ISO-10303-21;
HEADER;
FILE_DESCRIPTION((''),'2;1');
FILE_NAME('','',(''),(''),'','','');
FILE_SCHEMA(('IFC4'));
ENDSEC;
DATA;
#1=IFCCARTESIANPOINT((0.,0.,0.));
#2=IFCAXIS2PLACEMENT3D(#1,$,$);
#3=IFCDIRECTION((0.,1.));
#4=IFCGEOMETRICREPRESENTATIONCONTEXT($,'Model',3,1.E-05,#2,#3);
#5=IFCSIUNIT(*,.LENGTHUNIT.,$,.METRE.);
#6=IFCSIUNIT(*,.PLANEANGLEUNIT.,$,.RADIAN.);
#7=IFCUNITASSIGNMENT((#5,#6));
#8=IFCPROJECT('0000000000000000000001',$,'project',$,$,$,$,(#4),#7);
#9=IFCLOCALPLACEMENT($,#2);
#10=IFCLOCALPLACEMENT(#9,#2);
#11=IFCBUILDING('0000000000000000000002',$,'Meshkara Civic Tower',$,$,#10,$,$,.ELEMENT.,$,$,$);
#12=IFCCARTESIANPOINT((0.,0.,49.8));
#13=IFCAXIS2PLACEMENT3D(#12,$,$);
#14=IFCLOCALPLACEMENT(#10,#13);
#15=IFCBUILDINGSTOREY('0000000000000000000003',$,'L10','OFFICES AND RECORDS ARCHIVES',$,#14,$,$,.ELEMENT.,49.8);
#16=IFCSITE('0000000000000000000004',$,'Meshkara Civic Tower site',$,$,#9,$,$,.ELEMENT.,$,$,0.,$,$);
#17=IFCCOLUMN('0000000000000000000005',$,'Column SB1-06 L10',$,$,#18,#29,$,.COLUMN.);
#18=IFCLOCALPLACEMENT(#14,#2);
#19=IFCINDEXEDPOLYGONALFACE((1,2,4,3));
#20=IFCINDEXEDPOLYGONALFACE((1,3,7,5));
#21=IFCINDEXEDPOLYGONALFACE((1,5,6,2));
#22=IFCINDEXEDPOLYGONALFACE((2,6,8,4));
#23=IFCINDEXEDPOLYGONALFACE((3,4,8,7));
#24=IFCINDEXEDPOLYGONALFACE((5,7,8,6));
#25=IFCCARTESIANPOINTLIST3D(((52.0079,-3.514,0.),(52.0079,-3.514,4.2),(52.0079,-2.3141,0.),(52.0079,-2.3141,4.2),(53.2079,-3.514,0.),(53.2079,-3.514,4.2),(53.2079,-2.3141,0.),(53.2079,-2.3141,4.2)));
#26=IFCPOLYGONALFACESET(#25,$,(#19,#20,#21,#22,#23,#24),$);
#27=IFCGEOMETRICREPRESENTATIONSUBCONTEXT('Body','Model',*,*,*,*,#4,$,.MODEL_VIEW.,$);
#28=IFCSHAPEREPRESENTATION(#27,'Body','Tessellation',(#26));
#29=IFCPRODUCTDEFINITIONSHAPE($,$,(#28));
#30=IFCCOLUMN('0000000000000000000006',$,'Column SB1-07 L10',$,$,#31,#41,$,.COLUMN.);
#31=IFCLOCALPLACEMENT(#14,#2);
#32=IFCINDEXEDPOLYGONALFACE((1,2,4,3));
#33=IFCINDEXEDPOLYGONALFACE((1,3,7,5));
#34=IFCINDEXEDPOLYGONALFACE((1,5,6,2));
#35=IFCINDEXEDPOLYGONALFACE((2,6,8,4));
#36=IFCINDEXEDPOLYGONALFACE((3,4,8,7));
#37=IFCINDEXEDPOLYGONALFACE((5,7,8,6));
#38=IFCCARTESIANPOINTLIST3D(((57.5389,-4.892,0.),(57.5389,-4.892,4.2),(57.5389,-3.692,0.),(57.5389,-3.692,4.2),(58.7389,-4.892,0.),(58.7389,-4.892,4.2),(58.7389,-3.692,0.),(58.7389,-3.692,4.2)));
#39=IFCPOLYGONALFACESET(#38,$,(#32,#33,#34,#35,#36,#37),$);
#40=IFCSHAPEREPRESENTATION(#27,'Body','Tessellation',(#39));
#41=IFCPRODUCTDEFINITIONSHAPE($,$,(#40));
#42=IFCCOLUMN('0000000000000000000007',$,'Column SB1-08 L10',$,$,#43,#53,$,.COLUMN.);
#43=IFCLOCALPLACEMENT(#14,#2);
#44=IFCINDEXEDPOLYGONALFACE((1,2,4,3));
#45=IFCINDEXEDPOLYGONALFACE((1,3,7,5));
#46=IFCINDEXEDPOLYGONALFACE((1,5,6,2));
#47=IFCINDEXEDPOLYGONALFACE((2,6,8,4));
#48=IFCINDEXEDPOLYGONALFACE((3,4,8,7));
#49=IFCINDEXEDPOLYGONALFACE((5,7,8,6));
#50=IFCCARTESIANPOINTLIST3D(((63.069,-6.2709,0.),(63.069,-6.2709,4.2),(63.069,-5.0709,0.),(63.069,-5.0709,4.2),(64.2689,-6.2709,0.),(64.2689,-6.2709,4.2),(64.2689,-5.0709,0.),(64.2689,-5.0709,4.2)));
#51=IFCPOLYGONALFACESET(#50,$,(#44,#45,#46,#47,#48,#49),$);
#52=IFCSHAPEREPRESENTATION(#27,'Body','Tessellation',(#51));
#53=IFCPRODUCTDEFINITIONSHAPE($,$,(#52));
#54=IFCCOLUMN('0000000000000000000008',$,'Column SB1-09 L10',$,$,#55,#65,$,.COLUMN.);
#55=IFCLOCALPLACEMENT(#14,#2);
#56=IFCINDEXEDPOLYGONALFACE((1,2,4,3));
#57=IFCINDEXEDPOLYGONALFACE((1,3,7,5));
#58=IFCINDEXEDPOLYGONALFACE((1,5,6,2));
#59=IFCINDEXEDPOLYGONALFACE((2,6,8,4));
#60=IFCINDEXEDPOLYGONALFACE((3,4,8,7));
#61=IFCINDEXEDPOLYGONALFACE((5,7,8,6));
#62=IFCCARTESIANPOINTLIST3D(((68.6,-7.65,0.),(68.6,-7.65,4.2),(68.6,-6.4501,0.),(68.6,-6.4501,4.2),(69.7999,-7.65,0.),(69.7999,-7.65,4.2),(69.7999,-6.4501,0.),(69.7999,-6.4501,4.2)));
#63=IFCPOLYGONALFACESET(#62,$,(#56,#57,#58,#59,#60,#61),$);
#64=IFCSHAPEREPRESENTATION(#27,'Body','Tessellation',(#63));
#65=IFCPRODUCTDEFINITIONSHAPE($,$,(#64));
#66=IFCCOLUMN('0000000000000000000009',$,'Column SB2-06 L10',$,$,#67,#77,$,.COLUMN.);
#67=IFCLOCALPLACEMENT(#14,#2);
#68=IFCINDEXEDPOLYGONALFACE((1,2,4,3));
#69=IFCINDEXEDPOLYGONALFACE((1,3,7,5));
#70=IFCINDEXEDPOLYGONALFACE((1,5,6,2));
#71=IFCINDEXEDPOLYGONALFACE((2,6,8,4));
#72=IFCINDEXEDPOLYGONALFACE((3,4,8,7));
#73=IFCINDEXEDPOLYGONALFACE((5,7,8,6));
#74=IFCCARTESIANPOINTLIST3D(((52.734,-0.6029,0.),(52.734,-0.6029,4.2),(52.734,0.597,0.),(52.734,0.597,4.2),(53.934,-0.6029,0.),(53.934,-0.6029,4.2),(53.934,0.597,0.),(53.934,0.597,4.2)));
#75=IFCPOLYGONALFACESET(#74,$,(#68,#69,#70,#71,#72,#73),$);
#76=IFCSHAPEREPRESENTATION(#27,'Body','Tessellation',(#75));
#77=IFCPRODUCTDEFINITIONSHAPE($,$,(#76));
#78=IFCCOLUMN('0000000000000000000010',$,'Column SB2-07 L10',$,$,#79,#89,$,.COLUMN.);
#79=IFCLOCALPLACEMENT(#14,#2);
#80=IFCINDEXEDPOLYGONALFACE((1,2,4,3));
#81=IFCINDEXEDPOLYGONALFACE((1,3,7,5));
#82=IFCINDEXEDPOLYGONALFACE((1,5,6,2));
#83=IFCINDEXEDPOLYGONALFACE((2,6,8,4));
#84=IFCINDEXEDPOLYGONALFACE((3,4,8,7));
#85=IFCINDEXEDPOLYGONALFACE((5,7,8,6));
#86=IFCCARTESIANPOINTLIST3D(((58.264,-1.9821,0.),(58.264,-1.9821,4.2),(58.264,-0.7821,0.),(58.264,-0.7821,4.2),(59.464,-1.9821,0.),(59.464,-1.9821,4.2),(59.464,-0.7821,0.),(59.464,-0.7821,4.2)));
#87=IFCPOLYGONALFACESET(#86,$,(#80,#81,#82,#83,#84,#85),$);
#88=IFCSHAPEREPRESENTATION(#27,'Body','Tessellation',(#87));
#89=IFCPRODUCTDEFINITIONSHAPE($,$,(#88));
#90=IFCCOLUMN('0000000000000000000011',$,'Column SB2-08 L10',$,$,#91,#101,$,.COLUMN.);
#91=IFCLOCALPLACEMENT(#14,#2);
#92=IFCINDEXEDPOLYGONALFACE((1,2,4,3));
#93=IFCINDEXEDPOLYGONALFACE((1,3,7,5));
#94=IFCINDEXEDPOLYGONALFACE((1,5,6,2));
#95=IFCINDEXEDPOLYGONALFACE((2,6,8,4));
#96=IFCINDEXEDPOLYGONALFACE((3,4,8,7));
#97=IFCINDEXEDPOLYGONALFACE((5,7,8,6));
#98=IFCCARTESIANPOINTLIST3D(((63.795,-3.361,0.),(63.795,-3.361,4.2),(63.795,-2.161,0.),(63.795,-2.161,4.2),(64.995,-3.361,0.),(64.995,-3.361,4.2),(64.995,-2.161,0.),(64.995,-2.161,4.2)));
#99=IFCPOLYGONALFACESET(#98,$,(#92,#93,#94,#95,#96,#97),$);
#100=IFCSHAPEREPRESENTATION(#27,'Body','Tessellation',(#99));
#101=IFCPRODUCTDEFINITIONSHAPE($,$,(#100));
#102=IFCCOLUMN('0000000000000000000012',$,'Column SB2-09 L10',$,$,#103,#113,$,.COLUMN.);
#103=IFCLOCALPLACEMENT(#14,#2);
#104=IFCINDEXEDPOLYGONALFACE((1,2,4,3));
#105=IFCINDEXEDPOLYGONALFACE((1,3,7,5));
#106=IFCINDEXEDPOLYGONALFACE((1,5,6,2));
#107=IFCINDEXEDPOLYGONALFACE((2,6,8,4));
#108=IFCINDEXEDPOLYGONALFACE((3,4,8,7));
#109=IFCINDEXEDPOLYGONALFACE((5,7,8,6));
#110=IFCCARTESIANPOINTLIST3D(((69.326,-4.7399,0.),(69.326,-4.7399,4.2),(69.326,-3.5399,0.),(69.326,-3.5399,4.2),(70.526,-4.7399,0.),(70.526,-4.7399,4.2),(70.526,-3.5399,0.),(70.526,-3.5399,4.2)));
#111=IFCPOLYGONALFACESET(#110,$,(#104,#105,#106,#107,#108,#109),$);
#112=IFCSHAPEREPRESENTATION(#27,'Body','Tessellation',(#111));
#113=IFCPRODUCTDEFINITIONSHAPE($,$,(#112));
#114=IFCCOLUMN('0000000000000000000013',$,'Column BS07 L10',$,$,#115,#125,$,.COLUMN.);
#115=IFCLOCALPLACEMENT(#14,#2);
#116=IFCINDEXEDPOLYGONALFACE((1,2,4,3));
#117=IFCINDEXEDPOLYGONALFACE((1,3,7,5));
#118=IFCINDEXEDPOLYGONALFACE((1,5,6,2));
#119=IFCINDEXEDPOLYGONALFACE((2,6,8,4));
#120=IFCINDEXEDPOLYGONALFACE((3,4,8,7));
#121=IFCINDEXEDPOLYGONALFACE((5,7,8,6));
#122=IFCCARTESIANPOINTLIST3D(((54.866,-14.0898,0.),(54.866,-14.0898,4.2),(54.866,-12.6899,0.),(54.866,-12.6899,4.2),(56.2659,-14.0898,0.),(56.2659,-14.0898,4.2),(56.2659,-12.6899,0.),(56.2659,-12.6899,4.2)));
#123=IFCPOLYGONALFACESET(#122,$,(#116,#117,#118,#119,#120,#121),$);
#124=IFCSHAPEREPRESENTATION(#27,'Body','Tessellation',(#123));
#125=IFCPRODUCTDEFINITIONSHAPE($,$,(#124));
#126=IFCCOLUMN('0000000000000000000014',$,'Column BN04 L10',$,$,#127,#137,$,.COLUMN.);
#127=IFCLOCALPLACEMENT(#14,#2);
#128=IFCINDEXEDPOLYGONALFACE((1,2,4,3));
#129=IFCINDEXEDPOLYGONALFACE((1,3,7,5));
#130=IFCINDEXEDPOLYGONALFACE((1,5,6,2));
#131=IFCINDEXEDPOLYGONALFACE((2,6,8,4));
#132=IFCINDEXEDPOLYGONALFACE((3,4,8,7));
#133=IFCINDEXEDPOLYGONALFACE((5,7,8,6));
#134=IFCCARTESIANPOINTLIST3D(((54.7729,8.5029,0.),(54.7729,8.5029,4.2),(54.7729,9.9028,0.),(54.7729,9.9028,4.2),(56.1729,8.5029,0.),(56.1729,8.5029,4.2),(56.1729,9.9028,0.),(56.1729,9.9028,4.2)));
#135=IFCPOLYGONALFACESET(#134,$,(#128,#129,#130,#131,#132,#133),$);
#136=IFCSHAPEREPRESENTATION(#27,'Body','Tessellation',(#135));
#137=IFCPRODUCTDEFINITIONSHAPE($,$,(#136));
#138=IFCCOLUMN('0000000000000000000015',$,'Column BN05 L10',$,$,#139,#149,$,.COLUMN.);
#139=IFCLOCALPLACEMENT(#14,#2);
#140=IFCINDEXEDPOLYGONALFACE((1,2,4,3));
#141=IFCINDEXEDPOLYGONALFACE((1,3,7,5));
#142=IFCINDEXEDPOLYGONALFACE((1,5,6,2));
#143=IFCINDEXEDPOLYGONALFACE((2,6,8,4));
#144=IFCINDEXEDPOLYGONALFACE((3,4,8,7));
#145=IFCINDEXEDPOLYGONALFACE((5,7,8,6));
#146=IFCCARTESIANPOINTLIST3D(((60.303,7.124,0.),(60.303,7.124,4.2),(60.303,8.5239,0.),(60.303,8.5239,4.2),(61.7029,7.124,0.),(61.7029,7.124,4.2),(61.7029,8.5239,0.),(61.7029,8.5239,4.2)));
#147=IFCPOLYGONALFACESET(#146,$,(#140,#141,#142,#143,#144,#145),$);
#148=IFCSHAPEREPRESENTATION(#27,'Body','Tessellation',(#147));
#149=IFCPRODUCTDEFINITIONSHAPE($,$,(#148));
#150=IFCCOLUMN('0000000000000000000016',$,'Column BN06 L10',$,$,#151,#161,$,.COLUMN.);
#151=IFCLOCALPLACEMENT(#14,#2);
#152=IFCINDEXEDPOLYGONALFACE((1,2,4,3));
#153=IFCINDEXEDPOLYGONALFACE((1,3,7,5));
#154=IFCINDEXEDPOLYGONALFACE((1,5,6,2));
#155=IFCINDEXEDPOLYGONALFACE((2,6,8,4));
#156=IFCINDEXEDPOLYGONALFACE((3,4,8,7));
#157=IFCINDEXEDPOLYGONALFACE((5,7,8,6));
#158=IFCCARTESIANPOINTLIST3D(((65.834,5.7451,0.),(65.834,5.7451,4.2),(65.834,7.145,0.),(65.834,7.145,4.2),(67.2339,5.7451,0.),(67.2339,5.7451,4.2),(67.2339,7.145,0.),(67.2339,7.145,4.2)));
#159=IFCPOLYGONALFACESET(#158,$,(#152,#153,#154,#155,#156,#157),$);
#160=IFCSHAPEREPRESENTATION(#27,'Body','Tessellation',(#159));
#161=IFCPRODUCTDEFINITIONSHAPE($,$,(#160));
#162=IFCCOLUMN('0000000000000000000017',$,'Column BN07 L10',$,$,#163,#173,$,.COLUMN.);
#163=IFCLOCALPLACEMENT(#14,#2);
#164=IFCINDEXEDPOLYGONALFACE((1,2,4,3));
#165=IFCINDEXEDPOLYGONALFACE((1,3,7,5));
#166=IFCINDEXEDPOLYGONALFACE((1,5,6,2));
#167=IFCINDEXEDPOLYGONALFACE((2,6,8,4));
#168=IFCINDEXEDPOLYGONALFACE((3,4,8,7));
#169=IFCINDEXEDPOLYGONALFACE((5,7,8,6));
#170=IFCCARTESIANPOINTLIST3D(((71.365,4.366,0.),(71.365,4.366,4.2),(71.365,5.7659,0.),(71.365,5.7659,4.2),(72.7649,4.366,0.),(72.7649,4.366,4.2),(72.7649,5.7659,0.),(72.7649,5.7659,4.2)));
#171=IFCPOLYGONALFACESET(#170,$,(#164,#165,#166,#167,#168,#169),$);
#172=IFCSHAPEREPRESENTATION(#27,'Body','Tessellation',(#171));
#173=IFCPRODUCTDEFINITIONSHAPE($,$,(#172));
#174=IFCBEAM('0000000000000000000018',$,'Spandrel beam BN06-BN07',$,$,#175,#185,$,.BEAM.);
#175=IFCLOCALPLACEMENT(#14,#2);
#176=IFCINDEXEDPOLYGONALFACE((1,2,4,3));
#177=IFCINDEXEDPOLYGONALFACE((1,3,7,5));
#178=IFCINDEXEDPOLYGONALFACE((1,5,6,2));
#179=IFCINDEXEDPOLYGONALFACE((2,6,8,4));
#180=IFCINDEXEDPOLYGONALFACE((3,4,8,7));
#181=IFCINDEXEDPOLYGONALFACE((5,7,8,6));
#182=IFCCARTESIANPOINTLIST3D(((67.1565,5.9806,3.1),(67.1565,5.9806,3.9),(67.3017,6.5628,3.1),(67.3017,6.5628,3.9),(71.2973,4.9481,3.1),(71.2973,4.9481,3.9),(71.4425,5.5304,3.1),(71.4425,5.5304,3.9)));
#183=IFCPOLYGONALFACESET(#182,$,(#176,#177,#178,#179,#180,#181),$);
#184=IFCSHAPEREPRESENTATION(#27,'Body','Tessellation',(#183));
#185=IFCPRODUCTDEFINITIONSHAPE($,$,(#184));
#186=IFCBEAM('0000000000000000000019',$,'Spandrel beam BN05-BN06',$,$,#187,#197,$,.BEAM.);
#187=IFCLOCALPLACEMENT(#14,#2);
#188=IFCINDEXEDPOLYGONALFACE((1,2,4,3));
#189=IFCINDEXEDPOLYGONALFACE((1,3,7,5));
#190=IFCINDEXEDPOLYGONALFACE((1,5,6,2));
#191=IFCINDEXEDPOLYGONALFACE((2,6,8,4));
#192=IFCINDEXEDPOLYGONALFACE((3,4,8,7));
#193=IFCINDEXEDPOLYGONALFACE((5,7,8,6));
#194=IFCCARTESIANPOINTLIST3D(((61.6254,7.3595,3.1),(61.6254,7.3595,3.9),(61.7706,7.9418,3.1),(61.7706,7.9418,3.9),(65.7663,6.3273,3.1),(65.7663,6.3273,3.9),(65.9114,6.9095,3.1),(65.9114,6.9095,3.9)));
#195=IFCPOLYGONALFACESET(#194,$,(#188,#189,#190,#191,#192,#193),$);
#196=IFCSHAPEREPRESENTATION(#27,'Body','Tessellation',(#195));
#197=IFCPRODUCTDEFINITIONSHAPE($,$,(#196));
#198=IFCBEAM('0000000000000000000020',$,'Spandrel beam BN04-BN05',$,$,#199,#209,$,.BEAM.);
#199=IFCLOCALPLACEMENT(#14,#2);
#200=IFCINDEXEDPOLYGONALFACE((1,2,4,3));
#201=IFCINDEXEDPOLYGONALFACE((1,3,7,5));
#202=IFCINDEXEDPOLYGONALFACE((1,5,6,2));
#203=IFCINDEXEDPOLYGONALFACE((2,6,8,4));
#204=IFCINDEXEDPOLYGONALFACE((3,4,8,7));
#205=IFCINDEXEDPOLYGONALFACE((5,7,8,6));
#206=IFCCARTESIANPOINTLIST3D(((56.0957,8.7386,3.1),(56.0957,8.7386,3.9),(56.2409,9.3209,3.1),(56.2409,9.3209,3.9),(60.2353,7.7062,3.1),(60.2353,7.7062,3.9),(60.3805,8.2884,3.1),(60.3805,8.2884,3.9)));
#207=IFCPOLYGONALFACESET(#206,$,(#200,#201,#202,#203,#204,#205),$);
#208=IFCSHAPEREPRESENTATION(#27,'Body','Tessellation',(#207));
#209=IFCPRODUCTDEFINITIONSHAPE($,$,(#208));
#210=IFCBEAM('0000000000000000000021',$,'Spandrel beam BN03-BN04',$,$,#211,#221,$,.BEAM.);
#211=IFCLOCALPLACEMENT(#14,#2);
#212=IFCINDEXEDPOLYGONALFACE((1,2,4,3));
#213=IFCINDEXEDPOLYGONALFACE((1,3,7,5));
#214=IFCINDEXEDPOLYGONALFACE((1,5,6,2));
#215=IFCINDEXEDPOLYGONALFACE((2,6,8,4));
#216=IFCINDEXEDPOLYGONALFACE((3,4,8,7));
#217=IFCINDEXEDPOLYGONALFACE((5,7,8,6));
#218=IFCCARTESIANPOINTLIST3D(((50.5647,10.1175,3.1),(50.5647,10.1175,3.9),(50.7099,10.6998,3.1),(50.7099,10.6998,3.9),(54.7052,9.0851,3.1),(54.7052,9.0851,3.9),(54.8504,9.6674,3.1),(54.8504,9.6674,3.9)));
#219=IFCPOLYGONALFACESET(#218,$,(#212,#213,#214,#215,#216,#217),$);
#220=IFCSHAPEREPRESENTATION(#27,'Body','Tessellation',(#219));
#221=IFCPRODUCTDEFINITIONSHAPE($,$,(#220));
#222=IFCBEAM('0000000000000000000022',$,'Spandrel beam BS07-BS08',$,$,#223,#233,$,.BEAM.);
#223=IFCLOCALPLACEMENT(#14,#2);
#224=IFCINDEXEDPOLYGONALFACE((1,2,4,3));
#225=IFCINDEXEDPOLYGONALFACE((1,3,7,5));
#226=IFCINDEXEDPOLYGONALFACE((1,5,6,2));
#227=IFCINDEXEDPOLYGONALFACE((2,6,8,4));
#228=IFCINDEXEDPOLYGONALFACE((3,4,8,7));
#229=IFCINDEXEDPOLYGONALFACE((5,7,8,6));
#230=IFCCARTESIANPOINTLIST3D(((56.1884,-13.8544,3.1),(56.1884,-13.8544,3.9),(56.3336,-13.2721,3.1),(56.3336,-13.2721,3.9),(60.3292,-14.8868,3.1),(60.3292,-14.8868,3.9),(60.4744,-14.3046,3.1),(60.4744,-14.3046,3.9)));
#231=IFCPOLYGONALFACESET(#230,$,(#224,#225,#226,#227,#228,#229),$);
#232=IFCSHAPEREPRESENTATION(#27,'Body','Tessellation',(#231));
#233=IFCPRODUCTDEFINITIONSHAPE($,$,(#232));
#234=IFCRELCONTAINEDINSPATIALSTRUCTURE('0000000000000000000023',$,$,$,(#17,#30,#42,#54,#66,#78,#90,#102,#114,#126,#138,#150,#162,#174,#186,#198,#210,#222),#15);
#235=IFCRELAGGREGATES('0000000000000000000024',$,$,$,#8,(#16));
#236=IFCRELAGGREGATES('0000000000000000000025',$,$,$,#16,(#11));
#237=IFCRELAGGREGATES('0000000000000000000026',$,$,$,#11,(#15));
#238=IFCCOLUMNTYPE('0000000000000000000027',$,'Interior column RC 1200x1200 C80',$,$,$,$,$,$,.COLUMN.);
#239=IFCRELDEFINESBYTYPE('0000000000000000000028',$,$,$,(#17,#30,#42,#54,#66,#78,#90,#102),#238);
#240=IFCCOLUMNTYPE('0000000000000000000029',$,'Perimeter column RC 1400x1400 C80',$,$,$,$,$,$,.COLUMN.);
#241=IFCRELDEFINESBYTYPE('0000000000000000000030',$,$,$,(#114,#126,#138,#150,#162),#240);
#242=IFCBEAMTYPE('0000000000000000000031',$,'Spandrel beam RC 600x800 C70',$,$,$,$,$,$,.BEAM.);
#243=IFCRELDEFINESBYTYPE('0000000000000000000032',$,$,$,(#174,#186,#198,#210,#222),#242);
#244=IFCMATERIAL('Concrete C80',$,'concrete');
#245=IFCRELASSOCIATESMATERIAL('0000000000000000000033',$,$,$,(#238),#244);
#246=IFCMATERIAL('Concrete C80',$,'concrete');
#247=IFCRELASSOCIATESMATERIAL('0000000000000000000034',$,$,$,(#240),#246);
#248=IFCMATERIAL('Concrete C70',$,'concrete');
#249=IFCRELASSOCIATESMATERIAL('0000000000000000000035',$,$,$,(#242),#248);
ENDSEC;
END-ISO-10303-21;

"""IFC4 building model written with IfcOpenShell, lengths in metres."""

from ifc_helpers import new_model, si_unit, direction, frame, origin, origin_2d, place, context, subcontext, project, spatial, rectangle, extrude, material, material_profile, profile_set, type_object, element, save


model = new_model("IFC4")

# Units and contexts
model_context = context("Model", 3, precision=1e-05, world=origin(), true_north=direction((0.0, 1.0)))
body_context = subcontext(model_context, "Body", "Model", "MODEL_VIEW")
ifc_project = project(units=[si_unit("LENGTHUNIT", "METRE"), si_unit("PLANEANGLEUNIT", "RADIAN")], contexts=[model_context])

# Site, building, storey
site_placement = place(None, origin())
site = spatial("IfcSite", under=ifc_project, at=site_placement, Name="Meshkara Civic Tower site", CompositionType="ELEMENT", RefElevation=0.0)
building_placement = place(site_placement, origin())
building = spatial("IfcBuilding", under=site, at=building_placement, Name="Meshkara Civic Tower", CompositionType="ELEMENT")
storey_placement = place(building_placement, frame((0.0, 0.0, 49.8)))
storey = spatial("IfcBuildingStorey", under=building, at=storey_placement, Name="L10", Description="OFFICES AND RECORDS ARCHIVES", CompositionType="ELEMENT", Elevation=49.8)

# Columns
ifc_material_1 = material(Name="Concrete C80", Category="concrete")
ifc_material_profile_1 = material_profile(ifc_material_1, rectangle(XDim=1.2, YDim=1.2, at=origin_2d()))
ifc_profile_set_1 = profile_set([ifc_material_profile_1], Name="Concrete C80")
column_type_1 = type_object("IfcColumnType", Name="Interior column RC 1200x1200 C80", PredefinedType="COLUMN", material=ifc_profile_set_1)
for number, where, z_axis, x_axis, name in (
    (1, (52.6079, -2.9141, 0.0), (0.0, 0.0, 1.0), (1.0, 0.0, 0.0), "Column SB1-06 L10"),
    (2, (58.1389, -4.292, 0.0), (0.0, 0.0, 1.0), (1.0, 0.0, 0.0), "Column SB1-07 L10"),
    (3, (63.6689, -5.6709, 0.0), (0.0, 0.0, 1.0), (1.0, 0.0, 0.0), "Column SB1-08 L10"),
    (4, (69.2, -7.05, 0.0), (0.0, 0.0, 1.0), (1.0, 0.0, 0.0), "Column SB1-09 L10"),
    (5, (53.334, -0.0029, 0.0), (0.0, 0.0, 1.0), (1.0, 0.0, 0.0), "Column SB2-06 L10"),
    (6, (58.864, -1.3821, 0.0), (0.0, 0.0, 1.0), (1.0, 0.0, 0.0), "Column SB2-07 L10"),
    (7, (64.395, -2.761, 0.0), (0.0, 0.0, 1.0), (1.0, 0.0, 0.0), "Column SB2-08 L10"),
    (8, (69.926, -4.1399, 0.0), (0.0, 0.0, 1.0), (1.0, 0.0, 0.0), "Column SB2-09 L10"),
):
    element("IfcColumn", number, at=place(storey_placement, frame(where, z_axis=z_axis, x_axis=x_axis)), inside=storey, type_object=column_type_1, Name=name, PredefinedType="COLUMN", context=body_context, shape_type="SweptSolid", body=[
        extrude(rectangle(XDim=1.2, YDim=1.2, at=origin_2d()), origin(), (0.0, 0.0, 1.0), 4.2),
    ])
ifc_material_2 = material(Name="Concrete C80", Category="concrete")
ifc_material_profile_2 = material_profile(ifc_material_2, rectangle(XDim=1.3999, YDim=1.3999, at=origin_2d()))
ifc_profile_set_2 = profile_set([ifc_material_profile_2], Name="Concrete C80")
column_type_2 = type_object("IfcColumnType", Name="Perimeter column RC 1400x1400 C80", PredefinedType="COLUMN", material=ifc_profile_set_2)
for number, where, z_axis, x_axis, name in (
    (9, (55.5659, -13.3899, 0.0), (0.0, 0.0, 1.0), (1.0, 0.0, 0.0), "Column BS07 L10"),
    (10, (55.4729, 9.2029, 0.0), (0.0, 0.0, 1.0), (1.0, 0.0, 0.0), "Column BN04 L10"),
    (11, (61.0029, 7.824, 0.0), (0.0, 0.0, 1.0), (1.0, 0.0, 0.0), "Column BN05 L10"),
    (12, (66.5339, 6.4451, 0.0), (0.0, 0.0, 1.0), (1.0, 0.0, 0.0), "Column BN06 L10"),
    (13, (72.0649, 5.0659, 0.0), (0.0, 0.0, 1.0), (1.0, 0.0, 0.0), "Column BN07 L10"),
):
    element("IfcColumn", number, at=place(storey_placement, frame(where, z_axis=z_axis, x_axis=x_axis)), inside=storey, type_object=column_type_2, Name=name, PredefinedType="COLUMN", context=body_context, shape_type="SweptSolid", body=[
        extrude(rectangle(XDim=1.3999, YDim=1.3999, at=origin_2d()), origin(), (0.0, 0.0, 1.0), 4.2),
    ])

# Beams
ifc_material_3 = material(Name="Concrete C70", Category="concrete")
ifc_material_profile_3 = material_profile(ifc_material_3, rectangle(XDim=0.6001, YDim=0.8, at=origin_2d()))
ifc_profile_set_3 = profile_set([ifc_material_profile_3], Name="Concrete C70")
beam_type = type_object("IfcBeamType", Name="Spandrel beam RC 600x800 C70", PredefinedType="BEAM", material=ifc_profile_set_3)
for number, where, z_axis, x_axis, name in (
    (14, (71.3699, 5.2393, 3.5), (-0.970294, 0.24193, 0.0), (-0.24193, -0.970294, 0.0), "Spandrel beam BN06-BN07"),
    (15, (65.8389, 6.6184, 3.5), (-0.970307, 0.241876, 0.0), (-0.241876, -0.970307, 0.0), "Spandrel beam BN05-BN06"),
):
    element("IfcBeam", number, at=place(storey_placement, frame(where, z_axis=z_axis, x_axis=x_axis)), inside=storey, type_object=beam_type, Name=name, PredefinedType="BEAM", context=body_context, shape_type="SweptSolid", body=[
        extrude(rectangle(XDim=0.6001, YDim=0.8, at=origin_2d()), origin(), (0.0, 0.0, 1.0), 4.2676),
    ])
beam_1_placement = place(storey_placement, frame((60.3079, 7.9973, 3.5), z_axis=(-0.970277, 0.241997, 0.0), x_axis=(-0.241997, -0.970277, 0.0)))
element("IfcBeam", 16, at=beam_1_placement, inside=storey, type_object=beam_type, Name="Spandrel beam BN04-BN05", PredefinedType="BEAM", context=body_context, shape_type="SweptSolid", body=[
    extrude(rectangle(XDim=0.6001, YDim=0.8, at=origin_2d()), origin(), (0.0, 0.0, 1.0), 4.2664),
])
beam_2_placement = place(storey_placement, frame((54.7778, 9.3762, 3.5), z_axis=(-0.97029, 0.241943, 0.0), x_axis=(-0.241943, -0.97029, 0.0)))
element("IfcBeam", 17, at=beam_2_placement, inside=storey, type_object=beam_type, Name="Spandrel beam BN03-BN04", PredefinedType="BEAM", context=body_context, shape_type="SweptSolid", body=[
    extrude(rectangle(XDim=0.6001, YDim=0.8, at=origin_2d()), origin(), (0.0, 0.0, 1.0), 4.2673),
])
beam_3_placement = place(storey_placement, frame((56.261, -13.5632, 3.5), z_axis=(0.970294, -0.24193, 0.0), x_axis=(0.24193, 0.970294, 0.0)))
element("IfcBeam", 18, at=beam_3_placement, inside=storey, type_object=beam_type, Name="Spandrel beam BS07-BS08", PredefinedType="BEAM", context=body_context, shape_type="SweptSolid", body=[
    extrude(rectangle(XDim=0.6001, YDim=0.8, at=origin_2d()), origin(), (0.0, 0.0, 1.0), 4.2676),
])

save(model, "model.ifc")
